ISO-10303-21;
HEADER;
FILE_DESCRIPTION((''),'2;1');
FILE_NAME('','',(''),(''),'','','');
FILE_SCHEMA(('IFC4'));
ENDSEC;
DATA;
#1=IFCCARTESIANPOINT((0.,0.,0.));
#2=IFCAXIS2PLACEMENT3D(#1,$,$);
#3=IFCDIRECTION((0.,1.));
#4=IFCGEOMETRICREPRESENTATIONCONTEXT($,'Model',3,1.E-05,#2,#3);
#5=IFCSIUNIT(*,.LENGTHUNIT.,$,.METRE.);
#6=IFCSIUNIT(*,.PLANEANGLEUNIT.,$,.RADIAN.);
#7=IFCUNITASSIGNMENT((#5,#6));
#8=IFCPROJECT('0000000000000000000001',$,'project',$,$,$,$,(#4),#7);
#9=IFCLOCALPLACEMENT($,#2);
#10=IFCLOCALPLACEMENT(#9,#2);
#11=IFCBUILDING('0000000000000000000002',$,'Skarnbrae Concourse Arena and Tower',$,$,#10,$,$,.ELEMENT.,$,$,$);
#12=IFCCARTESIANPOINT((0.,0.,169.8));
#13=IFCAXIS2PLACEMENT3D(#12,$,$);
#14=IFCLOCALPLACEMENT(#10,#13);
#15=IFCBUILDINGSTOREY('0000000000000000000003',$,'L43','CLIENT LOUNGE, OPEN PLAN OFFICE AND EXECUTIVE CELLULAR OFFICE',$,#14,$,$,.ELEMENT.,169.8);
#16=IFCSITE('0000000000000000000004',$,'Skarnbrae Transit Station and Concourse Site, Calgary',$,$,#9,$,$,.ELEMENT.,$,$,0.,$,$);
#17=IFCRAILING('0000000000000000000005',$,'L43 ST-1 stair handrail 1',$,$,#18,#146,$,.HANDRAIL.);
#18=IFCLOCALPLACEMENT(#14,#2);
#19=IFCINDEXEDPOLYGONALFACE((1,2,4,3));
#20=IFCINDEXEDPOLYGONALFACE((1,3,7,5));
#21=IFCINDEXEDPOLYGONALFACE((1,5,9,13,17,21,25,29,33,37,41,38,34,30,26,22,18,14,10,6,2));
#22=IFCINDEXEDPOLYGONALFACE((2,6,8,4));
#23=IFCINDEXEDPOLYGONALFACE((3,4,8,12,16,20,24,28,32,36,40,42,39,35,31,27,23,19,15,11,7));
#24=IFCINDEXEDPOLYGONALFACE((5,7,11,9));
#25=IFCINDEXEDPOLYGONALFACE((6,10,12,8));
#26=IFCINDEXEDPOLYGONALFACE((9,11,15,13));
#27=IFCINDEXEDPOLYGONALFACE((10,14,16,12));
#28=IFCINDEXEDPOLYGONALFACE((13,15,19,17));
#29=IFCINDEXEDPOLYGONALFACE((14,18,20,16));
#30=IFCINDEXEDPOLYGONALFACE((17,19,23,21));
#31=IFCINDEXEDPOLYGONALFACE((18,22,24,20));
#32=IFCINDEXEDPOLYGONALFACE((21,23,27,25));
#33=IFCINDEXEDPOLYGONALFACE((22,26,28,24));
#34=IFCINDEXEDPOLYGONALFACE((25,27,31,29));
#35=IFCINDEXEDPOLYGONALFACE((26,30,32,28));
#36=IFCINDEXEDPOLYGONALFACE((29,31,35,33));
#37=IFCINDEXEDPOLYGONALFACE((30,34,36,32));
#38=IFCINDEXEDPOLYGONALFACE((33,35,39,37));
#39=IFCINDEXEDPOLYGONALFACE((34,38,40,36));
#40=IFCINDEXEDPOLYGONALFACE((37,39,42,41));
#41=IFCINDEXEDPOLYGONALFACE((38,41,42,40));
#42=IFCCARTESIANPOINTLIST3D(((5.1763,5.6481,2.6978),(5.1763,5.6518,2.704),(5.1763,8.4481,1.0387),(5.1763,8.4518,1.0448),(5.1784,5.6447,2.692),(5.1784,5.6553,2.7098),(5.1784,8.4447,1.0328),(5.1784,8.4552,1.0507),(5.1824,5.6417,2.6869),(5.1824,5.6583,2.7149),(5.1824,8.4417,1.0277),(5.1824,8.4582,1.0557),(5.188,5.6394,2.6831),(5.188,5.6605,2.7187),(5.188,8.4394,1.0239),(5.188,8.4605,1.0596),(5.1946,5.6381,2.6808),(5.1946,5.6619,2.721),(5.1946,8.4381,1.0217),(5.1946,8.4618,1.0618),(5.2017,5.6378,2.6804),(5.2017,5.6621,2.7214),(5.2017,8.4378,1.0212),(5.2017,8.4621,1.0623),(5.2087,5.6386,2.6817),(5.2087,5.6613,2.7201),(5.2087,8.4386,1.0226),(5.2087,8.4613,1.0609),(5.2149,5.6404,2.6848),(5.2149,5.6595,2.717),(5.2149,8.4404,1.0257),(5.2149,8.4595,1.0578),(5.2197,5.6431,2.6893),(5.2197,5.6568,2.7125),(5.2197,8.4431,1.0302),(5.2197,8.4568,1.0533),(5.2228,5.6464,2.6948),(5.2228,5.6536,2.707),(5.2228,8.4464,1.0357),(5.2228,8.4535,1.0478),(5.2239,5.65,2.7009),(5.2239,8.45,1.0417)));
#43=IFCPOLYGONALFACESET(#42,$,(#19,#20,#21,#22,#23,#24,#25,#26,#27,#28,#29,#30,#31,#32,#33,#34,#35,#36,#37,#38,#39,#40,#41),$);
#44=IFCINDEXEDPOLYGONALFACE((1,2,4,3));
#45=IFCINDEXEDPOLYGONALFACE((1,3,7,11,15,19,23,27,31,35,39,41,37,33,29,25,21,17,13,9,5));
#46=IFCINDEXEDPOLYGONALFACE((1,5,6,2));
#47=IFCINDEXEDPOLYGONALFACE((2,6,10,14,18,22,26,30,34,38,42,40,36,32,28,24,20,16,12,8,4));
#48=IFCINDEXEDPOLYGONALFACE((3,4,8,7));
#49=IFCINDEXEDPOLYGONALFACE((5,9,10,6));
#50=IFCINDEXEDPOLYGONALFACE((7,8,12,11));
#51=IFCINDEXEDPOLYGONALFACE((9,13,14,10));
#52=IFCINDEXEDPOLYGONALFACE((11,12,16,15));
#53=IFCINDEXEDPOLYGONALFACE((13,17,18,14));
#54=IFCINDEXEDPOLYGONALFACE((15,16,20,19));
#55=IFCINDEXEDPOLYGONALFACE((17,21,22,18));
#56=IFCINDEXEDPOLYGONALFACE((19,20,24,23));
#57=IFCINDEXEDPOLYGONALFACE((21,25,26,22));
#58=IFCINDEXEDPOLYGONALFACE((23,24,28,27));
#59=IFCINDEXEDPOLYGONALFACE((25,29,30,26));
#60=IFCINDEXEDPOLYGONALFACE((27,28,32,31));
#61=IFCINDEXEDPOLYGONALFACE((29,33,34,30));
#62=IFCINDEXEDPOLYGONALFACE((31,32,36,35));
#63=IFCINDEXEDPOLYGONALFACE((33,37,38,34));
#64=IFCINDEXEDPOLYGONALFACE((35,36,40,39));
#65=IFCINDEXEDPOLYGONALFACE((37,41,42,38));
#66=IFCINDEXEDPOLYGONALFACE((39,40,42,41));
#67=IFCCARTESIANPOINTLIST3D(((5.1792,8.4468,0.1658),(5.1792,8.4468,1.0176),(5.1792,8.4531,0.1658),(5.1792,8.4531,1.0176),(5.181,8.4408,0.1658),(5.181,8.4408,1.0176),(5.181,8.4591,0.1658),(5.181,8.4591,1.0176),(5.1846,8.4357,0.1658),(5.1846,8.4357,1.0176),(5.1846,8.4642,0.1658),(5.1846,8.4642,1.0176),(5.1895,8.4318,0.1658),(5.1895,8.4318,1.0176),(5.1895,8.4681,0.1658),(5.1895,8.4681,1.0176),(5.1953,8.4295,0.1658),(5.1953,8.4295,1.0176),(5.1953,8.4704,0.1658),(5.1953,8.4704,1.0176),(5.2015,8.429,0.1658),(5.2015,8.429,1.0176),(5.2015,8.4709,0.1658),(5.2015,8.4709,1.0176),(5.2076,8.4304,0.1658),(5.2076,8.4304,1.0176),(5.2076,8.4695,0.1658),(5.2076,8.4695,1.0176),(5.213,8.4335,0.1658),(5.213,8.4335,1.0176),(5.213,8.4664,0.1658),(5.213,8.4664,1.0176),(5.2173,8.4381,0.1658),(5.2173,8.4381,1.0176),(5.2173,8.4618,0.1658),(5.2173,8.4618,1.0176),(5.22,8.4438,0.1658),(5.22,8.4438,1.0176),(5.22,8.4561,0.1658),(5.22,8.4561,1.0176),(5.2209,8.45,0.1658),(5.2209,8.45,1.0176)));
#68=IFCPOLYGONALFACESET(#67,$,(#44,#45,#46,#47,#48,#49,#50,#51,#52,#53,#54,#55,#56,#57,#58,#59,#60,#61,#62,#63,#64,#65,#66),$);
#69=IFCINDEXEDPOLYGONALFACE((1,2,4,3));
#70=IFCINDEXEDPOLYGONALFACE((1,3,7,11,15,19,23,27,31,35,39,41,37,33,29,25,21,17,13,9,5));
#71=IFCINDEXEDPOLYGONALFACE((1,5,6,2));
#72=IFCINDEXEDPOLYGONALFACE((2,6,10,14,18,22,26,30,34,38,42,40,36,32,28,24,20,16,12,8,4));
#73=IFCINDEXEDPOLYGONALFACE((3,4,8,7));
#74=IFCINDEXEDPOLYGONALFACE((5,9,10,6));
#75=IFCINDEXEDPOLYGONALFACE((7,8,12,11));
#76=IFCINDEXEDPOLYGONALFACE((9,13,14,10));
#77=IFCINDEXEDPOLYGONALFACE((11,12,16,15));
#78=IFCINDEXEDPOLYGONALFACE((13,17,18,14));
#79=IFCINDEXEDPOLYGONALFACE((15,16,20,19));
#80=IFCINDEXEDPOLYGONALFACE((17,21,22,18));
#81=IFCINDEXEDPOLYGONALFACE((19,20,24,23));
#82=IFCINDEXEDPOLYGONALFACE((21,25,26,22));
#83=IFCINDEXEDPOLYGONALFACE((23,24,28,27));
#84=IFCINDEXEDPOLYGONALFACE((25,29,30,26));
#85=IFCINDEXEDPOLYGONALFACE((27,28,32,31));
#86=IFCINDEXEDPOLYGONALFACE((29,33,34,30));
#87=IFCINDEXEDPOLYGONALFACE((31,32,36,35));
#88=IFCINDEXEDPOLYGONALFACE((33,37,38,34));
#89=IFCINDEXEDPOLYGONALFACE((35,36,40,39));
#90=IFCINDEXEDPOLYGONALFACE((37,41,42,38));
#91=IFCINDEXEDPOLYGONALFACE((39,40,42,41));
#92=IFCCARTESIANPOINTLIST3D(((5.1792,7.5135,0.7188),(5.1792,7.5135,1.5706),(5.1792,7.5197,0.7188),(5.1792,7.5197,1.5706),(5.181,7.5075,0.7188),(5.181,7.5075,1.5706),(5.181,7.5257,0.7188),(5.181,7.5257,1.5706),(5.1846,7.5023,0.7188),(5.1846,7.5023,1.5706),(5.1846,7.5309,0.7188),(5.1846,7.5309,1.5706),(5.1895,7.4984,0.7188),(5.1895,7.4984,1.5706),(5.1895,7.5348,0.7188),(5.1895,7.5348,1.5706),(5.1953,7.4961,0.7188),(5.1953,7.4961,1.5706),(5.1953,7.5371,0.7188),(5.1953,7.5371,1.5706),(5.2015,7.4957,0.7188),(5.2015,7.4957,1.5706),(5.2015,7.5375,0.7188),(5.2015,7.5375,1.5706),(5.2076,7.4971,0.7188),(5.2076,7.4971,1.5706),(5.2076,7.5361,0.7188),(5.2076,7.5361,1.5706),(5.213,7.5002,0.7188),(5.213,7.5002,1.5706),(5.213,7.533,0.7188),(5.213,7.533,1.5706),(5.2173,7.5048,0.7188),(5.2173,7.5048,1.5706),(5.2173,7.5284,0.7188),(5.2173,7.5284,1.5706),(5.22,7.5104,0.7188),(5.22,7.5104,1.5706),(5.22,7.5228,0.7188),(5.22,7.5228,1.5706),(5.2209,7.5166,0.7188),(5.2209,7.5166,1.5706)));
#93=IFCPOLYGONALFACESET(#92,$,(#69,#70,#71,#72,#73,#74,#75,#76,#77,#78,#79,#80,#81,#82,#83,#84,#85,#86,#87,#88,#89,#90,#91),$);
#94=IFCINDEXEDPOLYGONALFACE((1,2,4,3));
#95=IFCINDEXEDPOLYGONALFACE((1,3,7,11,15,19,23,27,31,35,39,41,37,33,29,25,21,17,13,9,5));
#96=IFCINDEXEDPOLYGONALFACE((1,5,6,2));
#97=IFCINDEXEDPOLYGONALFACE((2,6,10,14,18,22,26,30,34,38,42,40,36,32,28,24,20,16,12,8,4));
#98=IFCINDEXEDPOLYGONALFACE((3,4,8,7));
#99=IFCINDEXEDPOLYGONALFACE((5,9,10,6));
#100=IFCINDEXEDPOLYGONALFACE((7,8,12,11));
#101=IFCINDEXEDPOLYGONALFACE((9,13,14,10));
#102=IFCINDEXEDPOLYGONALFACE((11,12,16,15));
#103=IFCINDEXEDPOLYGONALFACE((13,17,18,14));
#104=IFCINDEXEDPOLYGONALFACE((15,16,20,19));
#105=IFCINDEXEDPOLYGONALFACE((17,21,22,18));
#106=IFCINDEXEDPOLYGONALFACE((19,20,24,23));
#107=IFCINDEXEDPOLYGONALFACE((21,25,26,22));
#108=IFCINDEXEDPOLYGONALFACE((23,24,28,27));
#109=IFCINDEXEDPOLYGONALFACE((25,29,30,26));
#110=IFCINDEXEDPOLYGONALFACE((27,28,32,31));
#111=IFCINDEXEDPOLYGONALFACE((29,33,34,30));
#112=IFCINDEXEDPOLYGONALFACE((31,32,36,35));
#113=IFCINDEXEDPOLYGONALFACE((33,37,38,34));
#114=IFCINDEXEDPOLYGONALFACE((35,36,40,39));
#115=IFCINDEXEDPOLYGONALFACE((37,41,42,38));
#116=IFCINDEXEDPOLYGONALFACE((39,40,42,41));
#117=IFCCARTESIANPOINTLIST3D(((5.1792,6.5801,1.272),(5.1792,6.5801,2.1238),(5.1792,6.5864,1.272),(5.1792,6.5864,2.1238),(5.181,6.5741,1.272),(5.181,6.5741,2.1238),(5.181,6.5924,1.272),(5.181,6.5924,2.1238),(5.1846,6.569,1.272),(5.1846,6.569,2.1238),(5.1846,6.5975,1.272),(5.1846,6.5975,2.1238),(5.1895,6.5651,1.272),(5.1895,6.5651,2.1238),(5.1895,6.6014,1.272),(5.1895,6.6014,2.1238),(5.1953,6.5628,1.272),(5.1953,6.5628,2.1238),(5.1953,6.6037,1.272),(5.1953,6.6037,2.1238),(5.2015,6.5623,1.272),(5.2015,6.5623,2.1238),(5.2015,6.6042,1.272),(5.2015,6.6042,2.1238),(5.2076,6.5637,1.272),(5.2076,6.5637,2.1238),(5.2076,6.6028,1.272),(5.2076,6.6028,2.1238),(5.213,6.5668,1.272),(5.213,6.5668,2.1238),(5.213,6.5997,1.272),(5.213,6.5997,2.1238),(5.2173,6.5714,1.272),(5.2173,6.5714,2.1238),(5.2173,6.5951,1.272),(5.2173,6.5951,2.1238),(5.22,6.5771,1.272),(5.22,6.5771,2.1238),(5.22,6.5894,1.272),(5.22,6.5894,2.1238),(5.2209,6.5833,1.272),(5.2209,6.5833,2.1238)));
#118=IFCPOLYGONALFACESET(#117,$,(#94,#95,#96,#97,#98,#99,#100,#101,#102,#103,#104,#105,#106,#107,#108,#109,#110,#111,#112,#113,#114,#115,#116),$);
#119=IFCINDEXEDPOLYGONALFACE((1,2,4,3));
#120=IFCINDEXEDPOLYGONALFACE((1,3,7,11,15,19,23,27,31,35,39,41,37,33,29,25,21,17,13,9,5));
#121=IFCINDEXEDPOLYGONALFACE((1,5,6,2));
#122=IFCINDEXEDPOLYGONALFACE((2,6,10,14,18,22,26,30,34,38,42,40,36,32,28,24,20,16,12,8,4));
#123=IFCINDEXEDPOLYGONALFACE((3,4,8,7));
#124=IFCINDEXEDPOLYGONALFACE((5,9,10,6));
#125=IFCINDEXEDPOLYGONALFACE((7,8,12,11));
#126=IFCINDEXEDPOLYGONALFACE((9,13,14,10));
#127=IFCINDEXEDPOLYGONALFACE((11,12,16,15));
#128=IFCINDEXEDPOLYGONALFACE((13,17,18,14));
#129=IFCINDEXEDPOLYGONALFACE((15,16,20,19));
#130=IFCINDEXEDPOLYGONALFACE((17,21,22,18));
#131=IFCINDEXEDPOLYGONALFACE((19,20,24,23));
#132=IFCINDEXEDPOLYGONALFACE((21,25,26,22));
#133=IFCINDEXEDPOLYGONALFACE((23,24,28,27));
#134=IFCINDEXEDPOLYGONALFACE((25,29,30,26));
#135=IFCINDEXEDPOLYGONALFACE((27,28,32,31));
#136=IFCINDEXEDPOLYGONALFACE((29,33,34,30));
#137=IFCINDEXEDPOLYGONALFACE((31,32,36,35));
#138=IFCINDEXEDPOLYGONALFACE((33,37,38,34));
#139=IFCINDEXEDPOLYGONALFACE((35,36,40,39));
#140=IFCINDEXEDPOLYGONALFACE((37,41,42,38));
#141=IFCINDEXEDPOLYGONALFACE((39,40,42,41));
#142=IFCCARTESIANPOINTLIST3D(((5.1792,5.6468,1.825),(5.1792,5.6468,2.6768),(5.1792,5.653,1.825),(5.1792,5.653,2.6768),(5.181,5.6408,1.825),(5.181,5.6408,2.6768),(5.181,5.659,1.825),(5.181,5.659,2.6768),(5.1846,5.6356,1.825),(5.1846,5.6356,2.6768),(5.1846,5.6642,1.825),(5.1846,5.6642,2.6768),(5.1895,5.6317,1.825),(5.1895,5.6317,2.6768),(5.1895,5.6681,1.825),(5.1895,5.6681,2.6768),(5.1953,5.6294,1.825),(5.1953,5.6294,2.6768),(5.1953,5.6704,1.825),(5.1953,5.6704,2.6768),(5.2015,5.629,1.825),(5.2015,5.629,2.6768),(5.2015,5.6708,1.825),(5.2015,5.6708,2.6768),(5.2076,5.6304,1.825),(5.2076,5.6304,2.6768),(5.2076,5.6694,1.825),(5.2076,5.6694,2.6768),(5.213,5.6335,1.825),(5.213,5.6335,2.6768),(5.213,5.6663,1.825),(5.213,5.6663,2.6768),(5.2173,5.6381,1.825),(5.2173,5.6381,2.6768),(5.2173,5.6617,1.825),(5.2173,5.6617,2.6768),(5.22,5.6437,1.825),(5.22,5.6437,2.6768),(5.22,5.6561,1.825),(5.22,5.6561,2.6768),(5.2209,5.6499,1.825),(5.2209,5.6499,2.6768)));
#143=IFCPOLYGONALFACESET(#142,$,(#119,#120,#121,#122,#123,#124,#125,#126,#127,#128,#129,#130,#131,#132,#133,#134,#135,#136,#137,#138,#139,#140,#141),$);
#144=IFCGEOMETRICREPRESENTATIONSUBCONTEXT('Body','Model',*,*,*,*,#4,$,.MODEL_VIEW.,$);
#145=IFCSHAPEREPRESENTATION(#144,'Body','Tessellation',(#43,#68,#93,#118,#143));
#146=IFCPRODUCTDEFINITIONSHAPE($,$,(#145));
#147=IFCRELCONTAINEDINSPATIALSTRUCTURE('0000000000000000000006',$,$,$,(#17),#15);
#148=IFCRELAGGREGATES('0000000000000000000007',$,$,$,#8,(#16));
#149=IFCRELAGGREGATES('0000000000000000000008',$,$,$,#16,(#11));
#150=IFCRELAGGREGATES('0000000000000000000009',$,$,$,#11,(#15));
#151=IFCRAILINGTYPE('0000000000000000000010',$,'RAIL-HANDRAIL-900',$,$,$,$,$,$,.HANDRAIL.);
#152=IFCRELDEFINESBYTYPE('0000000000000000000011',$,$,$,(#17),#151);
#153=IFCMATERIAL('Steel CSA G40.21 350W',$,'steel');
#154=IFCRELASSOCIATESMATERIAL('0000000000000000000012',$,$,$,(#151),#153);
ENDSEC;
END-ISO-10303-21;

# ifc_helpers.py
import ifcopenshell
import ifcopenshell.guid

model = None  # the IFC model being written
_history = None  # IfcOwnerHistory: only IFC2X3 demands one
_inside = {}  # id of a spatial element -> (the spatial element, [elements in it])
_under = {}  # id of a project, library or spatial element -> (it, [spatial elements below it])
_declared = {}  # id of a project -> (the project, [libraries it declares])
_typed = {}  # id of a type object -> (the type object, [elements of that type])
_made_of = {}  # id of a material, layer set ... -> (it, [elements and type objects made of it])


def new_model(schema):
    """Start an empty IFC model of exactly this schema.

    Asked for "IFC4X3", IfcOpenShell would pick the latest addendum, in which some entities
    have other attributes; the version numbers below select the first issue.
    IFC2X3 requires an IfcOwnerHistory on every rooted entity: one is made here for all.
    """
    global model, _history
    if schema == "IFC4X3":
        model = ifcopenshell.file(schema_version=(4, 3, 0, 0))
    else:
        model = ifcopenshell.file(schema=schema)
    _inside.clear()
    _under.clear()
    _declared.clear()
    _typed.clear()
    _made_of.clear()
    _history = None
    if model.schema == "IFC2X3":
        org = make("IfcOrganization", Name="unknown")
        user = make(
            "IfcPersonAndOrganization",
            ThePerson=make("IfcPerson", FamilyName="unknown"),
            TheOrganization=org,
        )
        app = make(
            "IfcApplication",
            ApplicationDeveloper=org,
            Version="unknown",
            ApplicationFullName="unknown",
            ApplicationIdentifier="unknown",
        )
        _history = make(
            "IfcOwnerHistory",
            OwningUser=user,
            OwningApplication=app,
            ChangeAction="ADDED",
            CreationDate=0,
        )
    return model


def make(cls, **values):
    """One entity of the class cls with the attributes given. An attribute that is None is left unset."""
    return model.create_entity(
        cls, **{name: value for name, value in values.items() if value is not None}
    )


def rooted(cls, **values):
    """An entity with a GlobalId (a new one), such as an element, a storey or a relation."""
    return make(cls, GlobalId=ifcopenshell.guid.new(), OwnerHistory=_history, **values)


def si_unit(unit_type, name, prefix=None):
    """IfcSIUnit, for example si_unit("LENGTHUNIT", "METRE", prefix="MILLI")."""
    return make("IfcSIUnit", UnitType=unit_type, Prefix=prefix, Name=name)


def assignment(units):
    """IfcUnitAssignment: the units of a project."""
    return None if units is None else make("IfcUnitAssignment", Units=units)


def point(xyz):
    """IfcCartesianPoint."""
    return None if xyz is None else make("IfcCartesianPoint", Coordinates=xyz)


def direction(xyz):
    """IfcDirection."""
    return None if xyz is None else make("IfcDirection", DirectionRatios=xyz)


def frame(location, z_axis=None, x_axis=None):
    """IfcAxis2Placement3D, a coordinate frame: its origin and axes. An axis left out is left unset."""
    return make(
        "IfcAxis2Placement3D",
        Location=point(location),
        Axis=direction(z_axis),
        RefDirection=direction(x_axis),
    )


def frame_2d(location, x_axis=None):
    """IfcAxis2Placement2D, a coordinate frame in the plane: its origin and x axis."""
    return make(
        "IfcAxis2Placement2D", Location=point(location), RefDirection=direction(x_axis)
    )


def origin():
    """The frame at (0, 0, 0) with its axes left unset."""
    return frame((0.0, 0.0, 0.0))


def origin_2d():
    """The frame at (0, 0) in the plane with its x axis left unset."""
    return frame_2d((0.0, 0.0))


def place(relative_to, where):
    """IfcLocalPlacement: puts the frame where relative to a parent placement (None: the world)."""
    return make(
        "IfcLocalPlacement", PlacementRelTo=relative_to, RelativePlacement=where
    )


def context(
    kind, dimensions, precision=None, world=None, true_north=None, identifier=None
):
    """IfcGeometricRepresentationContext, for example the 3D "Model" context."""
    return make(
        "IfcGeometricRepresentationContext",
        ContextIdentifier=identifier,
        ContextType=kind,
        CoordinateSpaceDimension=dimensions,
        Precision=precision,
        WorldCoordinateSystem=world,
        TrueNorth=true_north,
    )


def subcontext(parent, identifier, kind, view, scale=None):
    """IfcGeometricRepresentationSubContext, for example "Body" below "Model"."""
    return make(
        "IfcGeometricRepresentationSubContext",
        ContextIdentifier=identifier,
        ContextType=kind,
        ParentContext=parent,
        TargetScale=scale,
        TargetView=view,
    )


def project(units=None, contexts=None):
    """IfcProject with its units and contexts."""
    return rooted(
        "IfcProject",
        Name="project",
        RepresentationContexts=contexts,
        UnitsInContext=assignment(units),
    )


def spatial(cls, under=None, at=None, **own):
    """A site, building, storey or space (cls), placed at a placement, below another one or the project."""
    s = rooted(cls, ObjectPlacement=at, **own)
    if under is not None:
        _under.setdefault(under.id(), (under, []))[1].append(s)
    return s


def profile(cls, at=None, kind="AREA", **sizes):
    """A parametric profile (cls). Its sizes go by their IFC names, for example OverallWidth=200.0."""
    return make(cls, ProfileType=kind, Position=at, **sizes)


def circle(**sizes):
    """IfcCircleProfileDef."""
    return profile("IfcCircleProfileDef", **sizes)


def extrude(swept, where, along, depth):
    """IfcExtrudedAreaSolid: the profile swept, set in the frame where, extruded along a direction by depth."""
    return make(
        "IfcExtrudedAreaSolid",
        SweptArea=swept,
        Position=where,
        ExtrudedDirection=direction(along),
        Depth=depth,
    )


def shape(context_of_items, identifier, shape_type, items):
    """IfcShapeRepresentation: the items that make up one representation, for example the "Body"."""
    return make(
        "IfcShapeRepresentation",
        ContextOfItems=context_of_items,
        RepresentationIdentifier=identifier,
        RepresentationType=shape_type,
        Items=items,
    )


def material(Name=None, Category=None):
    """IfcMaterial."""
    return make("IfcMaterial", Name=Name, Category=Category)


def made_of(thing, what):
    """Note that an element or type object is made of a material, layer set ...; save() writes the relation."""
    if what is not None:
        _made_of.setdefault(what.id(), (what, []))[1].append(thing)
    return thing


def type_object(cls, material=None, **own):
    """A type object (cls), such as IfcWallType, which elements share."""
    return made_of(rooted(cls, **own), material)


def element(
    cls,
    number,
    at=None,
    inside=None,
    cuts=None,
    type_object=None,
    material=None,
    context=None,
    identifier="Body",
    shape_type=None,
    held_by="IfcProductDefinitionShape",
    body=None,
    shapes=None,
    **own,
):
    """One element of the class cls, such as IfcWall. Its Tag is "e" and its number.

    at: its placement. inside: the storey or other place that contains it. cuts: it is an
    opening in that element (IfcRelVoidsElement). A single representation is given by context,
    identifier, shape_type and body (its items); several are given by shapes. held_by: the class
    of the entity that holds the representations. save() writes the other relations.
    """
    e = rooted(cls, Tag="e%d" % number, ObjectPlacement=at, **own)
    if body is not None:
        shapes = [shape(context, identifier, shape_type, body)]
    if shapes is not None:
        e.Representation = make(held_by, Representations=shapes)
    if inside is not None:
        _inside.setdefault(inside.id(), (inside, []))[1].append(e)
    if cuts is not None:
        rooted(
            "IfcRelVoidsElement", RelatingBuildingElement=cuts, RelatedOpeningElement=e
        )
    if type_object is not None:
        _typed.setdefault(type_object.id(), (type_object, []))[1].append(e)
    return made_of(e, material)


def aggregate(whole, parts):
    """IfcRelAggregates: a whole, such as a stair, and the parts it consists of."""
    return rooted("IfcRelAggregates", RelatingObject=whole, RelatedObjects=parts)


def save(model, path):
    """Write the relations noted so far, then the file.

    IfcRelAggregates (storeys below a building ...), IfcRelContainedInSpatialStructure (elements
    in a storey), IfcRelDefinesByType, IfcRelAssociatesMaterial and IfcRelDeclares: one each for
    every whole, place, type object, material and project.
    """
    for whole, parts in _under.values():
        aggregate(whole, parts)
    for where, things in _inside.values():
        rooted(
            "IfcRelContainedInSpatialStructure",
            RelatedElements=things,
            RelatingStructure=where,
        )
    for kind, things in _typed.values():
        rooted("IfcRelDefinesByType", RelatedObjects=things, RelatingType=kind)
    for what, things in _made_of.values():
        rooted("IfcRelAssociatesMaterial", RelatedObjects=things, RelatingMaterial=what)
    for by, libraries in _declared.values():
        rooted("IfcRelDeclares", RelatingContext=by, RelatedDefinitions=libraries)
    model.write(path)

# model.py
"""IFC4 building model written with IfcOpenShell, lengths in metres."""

from ifc_helpers import new_model, si_unit, direction, frame, origin, origin_2d, place, context, subcontext, project, spatial, circle, extrude, material, type_object, element, save


model = new_model("IFC4")

# Units and contexts
model_context = context("Model", 3, precision=1e-05, world=origin(), true_north=direction((0.0, 1.0)))
body_context = subcontext(model_context, "Body", "Model", "MODEL_VIEW")
ifc_project = project(units=[si_unit("LENGTHUNIT", "METRE"), si_unit("PLANEANGLEUNIT", "RADIAN")], contexts=[model_context])

# Site, building, storey
site_placement = place(None, origin())
site = spatial("IfcSite", under=ifc_project, at=site_placement, Name="Skarnbrae Transit Station and Concourse Site, Calgary", CompositionType="ELEMENT", RefElevation=0.0)
building_placement = place(site_placement, origin())
building = spatial("IfcBuilding", under=site, at=building_placement, Name="Skarnbrae Concourse Arena and Tower", CompositionType="ELEMENT")
storey_placement = place(building_placement, frame((0.0, 0.0, 169.8)))
storey = spatial("IfcBuildingStorey", under=building, at=storey_placement, Name="L43", Description="CLIENT LOUNGE, OPEN PLAN OFFICE AND EXECUTIVE CELLULAR OFFICE", CompositionType="ELEMENT", Elevation=169.8)

# Railing
ifc_material_1 = material(Name="Steel CSA G40.21 350W", Category="steel")
railing_type_1 = type_object("IfcRailingType", Name="RAIL-HANDRAIL-900", PredefinedType="HANDRAIL", material=ifc_material_1)
railing_1_placement = place(storey_placement, frame((5.2, 8.45, 0.1658)))
element("IfcRailing", 1, at=railing_1_placement, inside=storey, type_object=railing_type_1, Name="L43 ST-1 stair handrail 1", PredefinedType="HANDRAIL", context=body_context, shape_type="SweptSolid", body=[
    extrude(circle(Radius=0.0239, at=origin_2d()), frame((0.0, 0.0, 0.876), z_axis=(0.0, -0.860306, 0.509778), x_axis=(1.0, 0.0, 0.0)), (0.0, 0.0, 1.0), 3.2546),
    extrude(circle(Radius=0.021, at=origin_2d()), origin(), (0.0, 0.0, 1.0), 0.8518),
    extrude(circle(Radius=0.021, at=origin_2d()), frame((0.0, -0.9333, 0.553)), (0.0, 0.0, 1.0), 0.8518),
    extrude(circle(Radius=0.021, at=origin_2d()), frame((0.0, -1.8667, 1.1062)), (0.0, 0.0, 1.0), 0.8518),
    extrude(circle(Radius=0.021, at=origin_2d()), frame((0.0, -2.8, 1.6592)), (0.0, 0.0, 1.0), 0.8518),
])

save(model, "model.ifc")
